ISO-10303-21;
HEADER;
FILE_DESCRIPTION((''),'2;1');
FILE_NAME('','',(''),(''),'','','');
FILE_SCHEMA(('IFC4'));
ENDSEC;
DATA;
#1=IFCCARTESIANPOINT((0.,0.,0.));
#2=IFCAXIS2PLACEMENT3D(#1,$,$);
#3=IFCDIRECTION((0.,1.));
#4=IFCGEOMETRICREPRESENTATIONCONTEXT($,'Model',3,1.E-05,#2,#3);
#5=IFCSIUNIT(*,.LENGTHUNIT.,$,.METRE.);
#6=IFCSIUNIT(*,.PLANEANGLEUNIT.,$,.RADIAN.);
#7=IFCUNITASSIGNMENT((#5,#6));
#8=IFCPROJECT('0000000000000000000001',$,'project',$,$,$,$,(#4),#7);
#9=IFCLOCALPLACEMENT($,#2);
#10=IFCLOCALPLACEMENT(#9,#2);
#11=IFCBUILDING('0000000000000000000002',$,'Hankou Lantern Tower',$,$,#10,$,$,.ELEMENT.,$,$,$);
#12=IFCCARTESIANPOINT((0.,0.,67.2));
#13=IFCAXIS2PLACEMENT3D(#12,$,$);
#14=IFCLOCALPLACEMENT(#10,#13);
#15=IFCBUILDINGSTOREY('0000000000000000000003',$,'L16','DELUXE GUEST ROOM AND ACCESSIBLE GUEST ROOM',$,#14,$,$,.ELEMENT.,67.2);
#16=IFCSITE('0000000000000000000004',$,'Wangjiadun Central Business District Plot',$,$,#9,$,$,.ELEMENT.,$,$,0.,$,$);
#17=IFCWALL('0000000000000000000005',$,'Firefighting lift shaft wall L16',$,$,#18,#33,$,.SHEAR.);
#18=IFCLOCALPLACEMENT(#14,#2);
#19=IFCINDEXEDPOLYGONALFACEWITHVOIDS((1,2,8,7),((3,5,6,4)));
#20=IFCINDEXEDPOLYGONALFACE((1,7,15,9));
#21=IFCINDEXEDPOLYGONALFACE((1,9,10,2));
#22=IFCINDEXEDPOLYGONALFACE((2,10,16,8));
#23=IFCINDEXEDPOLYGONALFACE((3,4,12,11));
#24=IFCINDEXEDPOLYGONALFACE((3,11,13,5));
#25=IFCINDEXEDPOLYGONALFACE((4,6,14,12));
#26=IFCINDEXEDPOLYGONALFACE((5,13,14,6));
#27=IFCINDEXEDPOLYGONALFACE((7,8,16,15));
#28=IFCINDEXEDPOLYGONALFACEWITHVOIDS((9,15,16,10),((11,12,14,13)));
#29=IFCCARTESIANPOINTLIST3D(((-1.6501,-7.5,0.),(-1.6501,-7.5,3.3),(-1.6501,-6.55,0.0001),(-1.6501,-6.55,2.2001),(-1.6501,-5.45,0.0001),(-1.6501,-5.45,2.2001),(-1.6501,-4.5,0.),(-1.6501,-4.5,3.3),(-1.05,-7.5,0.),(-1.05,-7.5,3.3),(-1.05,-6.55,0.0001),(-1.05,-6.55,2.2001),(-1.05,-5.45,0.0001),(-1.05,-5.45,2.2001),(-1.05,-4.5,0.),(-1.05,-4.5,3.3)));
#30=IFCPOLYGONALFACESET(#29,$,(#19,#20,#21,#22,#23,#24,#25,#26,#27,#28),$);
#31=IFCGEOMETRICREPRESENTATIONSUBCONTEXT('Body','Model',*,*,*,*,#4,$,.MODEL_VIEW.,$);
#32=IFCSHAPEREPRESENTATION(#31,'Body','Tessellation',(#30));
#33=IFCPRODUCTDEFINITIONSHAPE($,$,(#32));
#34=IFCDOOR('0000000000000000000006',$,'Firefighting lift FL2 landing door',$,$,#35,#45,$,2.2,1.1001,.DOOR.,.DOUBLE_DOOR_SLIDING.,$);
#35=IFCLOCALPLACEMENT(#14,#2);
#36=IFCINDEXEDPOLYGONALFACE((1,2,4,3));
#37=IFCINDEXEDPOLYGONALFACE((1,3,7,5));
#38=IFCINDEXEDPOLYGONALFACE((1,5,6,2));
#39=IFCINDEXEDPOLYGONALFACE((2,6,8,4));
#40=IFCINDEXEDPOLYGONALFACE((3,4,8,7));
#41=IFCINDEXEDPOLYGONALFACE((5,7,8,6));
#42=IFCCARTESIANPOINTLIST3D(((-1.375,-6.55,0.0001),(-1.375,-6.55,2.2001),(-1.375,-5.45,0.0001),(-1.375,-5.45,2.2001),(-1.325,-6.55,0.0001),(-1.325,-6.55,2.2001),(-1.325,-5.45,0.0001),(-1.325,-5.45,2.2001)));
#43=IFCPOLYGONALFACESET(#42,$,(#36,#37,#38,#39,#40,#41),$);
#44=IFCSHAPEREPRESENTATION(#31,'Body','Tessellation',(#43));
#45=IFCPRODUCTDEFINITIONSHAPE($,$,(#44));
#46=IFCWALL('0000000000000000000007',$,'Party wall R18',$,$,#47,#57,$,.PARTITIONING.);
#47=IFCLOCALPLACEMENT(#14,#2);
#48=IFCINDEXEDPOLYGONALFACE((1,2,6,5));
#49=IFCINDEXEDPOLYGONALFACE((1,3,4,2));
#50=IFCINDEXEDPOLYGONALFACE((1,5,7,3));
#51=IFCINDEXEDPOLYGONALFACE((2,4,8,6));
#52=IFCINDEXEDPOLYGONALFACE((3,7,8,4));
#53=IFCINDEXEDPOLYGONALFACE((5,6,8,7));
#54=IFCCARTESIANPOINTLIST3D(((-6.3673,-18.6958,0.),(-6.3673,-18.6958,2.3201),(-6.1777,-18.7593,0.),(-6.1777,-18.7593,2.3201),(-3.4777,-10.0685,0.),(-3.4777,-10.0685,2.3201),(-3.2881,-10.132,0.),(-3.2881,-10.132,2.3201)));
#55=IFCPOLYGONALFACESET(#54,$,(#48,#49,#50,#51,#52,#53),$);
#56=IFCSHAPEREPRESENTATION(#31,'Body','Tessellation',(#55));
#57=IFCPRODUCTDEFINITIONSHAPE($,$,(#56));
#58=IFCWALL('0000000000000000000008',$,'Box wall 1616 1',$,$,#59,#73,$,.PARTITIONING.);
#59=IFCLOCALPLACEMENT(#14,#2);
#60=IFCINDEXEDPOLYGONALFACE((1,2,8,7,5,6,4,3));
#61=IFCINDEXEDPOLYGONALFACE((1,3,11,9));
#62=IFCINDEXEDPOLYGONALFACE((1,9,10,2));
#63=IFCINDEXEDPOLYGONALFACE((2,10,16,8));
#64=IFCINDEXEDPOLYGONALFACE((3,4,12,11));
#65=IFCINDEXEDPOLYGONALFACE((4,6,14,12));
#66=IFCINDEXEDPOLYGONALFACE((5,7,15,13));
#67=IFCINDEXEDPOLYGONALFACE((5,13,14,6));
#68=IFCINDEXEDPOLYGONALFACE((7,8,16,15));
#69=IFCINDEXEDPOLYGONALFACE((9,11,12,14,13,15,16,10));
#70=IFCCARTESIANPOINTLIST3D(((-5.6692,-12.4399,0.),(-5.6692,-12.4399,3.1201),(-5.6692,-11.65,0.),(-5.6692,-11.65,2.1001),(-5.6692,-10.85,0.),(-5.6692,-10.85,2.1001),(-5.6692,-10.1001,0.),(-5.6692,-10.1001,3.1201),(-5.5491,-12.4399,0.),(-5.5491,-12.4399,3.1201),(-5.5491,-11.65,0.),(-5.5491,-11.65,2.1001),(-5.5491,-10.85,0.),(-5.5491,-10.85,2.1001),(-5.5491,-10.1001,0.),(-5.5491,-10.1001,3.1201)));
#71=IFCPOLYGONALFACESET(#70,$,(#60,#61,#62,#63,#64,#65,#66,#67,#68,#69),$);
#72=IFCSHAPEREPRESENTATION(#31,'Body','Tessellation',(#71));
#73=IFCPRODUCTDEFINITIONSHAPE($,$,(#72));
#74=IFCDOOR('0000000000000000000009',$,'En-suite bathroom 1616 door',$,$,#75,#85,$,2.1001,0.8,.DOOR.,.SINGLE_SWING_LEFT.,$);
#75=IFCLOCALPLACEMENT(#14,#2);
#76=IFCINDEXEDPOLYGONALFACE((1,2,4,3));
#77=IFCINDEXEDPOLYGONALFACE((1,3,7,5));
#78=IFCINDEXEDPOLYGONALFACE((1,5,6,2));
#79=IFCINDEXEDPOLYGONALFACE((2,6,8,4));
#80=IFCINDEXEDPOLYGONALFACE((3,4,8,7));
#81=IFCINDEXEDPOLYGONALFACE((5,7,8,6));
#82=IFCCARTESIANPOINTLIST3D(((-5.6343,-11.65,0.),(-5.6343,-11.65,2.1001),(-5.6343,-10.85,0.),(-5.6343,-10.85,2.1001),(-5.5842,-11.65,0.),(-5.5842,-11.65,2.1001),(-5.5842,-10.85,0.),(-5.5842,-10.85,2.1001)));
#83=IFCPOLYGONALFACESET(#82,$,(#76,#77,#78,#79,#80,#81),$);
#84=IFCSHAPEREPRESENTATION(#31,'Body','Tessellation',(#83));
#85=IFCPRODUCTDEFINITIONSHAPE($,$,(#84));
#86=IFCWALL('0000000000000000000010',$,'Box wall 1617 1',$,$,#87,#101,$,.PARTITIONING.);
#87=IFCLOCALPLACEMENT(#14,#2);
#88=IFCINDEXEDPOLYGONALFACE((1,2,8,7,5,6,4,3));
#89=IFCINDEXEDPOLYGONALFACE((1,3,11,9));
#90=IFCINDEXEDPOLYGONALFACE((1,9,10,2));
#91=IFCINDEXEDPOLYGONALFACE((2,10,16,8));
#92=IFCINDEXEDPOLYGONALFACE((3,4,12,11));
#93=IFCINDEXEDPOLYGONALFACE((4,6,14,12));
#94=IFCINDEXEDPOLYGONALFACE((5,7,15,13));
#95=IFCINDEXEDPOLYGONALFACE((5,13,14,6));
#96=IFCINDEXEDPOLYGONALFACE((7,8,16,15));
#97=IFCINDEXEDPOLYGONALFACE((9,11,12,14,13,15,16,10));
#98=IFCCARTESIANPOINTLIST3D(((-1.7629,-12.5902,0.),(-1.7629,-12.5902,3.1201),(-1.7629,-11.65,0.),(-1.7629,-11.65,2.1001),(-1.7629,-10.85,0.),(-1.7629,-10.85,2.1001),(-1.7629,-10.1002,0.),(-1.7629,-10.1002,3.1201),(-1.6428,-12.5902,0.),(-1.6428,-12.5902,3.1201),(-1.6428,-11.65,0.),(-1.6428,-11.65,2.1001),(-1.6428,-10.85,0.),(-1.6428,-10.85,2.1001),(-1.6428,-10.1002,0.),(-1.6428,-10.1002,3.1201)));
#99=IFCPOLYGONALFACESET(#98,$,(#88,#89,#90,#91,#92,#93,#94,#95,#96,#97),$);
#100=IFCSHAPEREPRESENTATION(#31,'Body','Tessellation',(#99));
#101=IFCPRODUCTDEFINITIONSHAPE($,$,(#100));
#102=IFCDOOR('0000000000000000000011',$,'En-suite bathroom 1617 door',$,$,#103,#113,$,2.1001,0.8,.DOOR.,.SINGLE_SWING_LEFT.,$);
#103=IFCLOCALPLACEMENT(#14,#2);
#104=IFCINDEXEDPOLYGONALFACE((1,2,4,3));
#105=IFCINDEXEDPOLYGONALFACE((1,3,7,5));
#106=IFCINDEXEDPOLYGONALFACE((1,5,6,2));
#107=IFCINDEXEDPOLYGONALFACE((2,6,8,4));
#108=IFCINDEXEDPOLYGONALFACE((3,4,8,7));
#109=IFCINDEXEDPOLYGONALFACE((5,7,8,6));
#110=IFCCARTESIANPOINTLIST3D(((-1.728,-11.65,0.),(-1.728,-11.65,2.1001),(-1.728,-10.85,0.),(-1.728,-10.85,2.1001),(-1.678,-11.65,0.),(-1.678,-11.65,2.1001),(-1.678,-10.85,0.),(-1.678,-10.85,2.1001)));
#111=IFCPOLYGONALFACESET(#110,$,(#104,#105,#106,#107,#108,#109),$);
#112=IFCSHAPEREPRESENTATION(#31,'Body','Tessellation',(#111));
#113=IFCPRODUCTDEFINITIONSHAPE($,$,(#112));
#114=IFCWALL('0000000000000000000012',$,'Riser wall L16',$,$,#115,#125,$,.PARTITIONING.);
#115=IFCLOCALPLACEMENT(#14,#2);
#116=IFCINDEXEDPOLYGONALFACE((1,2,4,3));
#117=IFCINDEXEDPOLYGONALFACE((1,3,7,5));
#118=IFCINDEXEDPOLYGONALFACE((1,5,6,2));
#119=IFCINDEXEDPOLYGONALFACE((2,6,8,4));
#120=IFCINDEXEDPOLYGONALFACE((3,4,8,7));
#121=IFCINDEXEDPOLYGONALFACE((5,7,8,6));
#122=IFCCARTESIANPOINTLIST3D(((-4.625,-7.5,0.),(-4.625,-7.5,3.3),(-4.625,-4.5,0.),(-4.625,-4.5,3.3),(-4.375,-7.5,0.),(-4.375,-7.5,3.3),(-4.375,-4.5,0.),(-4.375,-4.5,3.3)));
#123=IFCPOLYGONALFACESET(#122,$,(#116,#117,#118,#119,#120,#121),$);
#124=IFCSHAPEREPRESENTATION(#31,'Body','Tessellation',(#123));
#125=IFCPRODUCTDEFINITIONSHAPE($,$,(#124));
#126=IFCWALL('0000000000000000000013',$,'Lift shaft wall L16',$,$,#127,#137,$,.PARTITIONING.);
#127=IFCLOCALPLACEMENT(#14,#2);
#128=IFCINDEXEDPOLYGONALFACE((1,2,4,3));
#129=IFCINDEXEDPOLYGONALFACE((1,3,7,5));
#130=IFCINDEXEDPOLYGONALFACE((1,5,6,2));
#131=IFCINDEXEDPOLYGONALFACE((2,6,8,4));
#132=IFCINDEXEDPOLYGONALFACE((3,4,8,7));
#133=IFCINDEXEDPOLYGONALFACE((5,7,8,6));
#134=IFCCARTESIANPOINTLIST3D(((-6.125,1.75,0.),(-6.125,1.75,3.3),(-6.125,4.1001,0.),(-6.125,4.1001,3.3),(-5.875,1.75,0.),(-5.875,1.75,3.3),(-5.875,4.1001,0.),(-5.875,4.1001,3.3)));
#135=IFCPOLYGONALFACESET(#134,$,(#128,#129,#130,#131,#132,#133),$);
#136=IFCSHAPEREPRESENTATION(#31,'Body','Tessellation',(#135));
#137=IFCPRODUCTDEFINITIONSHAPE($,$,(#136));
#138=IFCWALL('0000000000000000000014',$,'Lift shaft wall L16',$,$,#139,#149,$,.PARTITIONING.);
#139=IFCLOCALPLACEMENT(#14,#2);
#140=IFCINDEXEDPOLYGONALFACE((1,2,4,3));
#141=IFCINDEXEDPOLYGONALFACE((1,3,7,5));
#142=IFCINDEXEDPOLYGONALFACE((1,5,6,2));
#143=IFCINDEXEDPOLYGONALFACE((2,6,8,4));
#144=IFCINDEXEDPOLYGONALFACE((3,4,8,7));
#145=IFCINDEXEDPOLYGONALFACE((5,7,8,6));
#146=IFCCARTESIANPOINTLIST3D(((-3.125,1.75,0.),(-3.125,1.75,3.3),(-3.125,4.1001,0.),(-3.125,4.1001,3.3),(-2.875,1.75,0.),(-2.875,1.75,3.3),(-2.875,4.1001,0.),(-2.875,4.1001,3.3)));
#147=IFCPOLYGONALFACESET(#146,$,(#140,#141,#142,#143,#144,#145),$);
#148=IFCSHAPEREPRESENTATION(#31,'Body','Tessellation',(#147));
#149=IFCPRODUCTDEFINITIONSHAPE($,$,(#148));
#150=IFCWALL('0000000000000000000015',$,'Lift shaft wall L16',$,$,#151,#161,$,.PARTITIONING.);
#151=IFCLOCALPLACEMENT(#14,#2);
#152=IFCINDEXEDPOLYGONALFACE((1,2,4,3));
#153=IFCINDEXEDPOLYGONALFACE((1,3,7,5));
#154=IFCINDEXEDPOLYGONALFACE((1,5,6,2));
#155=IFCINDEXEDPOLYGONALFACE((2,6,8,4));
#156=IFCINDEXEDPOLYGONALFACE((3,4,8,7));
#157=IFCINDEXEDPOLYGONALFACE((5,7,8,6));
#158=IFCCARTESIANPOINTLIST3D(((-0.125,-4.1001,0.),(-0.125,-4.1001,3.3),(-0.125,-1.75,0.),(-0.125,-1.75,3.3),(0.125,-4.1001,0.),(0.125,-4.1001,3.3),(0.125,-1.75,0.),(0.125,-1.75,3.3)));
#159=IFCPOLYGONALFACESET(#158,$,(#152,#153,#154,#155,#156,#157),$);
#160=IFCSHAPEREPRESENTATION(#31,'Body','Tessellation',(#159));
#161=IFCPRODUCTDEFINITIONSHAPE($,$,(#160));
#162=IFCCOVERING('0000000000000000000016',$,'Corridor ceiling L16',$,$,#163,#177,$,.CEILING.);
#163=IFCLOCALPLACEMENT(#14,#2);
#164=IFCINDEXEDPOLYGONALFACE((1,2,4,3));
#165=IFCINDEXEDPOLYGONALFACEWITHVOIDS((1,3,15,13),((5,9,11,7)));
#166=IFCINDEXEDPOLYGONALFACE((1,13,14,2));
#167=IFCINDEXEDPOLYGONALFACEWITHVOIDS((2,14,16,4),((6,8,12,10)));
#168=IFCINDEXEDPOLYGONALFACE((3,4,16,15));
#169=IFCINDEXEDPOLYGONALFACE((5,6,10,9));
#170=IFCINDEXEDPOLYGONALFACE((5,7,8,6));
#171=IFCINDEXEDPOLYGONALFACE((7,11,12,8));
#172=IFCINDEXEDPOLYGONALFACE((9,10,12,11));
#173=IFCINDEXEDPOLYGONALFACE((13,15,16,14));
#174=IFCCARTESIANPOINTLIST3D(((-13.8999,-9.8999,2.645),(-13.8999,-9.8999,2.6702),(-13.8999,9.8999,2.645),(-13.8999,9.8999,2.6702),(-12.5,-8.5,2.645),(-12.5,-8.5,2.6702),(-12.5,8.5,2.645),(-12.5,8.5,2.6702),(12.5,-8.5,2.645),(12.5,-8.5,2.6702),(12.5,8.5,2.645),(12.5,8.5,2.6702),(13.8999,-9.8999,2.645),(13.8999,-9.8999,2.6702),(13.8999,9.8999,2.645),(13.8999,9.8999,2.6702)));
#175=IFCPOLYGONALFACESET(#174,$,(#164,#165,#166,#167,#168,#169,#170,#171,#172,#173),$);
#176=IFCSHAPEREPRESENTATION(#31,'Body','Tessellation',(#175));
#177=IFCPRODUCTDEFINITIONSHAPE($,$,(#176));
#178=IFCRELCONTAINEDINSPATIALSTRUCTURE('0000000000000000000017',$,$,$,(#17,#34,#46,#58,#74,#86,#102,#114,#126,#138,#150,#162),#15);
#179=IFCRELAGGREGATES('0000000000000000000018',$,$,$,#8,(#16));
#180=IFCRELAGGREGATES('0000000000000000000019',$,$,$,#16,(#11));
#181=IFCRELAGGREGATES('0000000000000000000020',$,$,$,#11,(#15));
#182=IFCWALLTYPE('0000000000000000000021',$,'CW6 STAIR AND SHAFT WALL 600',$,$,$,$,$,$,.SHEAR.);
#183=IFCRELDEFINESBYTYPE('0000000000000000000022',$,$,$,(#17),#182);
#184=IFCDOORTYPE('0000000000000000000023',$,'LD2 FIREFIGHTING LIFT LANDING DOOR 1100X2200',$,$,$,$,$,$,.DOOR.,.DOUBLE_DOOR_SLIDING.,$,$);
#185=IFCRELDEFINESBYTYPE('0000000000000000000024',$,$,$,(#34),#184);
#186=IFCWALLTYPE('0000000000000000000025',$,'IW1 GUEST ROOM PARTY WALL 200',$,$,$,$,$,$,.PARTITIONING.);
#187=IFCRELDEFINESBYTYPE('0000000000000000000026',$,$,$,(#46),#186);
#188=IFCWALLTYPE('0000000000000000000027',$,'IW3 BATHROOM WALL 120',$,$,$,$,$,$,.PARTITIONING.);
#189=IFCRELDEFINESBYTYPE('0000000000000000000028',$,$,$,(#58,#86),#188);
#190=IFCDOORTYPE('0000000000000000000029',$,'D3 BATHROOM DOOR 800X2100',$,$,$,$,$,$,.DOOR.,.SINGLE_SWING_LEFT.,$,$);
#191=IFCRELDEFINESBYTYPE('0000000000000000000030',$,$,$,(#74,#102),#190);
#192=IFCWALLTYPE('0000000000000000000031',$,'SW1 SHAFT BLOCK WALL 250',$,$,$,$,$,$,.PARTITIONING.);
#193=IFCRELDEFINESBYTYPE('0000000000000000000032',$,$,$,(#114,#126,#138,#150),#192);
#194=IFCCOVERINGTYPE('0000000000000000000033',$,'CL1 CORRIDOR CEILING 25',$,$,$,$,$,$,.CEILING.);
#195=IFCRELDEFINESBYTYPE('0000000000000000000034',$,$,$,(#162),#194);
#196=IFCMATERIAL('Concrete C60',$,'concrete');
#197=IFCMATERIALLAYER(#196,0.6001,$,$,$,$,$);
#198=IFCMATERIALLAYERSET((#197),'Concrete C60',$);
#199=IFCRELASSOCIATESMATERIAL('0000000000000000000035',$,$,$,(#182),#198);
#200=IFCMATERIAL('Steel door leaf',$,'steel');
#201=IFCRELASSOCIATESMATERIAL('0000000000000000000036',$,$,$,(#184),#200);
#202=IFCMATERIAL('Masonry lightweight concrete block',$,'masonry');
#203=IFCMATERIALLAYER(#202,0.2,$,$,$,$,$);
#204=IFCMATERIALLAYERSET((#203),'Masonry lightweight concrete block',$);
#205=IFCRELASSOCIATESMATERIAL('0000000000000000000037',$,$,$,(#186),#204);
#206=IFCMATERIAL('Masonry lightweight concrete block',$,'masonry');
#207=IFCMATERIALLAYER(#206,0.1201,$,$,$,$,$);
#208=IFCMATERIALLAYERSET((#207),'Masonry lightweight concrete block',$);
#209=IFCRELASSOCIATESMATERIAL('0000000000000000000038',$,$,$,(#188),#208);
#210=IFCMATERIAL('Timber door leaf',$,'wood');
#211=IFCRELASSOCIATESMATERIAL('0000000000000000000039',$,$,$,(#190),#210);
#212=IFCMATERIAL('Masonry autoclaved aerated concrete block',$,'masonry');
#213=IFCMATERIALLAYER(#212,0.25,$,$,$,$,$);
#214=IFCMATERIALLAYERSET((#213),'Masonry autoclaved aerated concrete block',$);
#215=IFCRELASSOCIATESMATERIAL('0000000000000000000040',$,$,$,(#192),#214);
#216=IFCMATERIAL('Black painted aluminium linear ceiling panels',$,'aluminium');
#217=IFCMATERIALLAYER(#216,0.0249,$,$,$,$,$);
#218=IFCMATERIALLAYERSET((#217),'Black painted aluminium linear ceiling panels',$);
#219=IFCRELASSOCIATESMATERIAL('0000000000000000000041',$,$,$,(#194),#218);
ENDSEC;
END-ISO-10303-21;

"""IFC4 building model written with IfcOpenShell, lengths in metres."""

from ifc_helpers import new_model, si_unit, direction, frame, frame_2d, origin, place, context, subcontext, project, spatial, polyline, rectangle, outline, extrude, material, layer, layer_set, type_object, element, fill, save


model = new_model("IFC4")

# Units and contexts
model_context = context("Model", 3, precision=1e-05, world=origin(), true_north=direction((0.0, 1.0)))
body_context = subcontext(model_context, "Body", "Model", "MODEL_VIEW")
ifc_project = project(units=[si_unit("LENGTHUNIT", "METRE"), si_unit("PLANEANGLEUNIT", "RADIAN")], contexts=[model_context])

# Site, building, storey
site_placement = place(None, origin())
site = spatial("IfcSite", under=ifc_project, at=site_placement, Name="Wangjiadun Central Business District Plot", CompositionType="ELEMENT", RefElevation=0.0)
building_placement = place(site_placement, origin())
building = spatial("IfcBuilding", under=site, at=building_placement, Name="Hankou Lantern Tower", CompositionType="ELEMENT")
storey_placement = place(building_placement, frame((0.0, 0.0, 67.2)))
storey = spatial("IfcBuildingStorey", under=building, at=storey_placement, Name="L16", Description="DELUXE GUEST ROOM AND ACCESSIBLE GUEST ROOM", CompositionType="ELEMENT", Elevation=67.2)

# Wall, opening, door
ifc_material_1 = material(Name="Concrete C60", Category="concrete")
ifc_layer_1 = layer(ifc_material_1, 0.6001)
ifc_layer_set_1 = layer_set([ifc_layer_1], Name="Concrete C60")
wall_type_1 = type_object("IfcWallType", Name="CW6 STAIR AND SHAFT WALL 600", PredefinedType="SHEAR", material=ifc_layer_set_1)
wall_1_placement = place(storey_placement, frame((-1.3501, -7.5, 0.0), z_axis=(0.0, 0.0, 1.0), x_axis=(0.0, 1.0, 0.0)))
wall_1 = element("IfcWall", 1, at=wall_1_placement, inside=storey, type_object=wall_type_1, Name="Firefighting lift shaft wall L16", PredefinedType="SHEAR", context=body_context, shape_type="SweptSolid", body=[
    extrude(rectangle(XDim=3.0, YDim=0.6001, at=frame_2d((1.5, 0.0))), origin(), (0.0, 0.0, 1.0), 3.3),
])
opening_1_placement = place(wall_1_placement, frame((0.95, 0.0, 0.0)))
opening_1 = element("IfcOpeningElement", 2, at=opening_1_placement, cuts=wall_1, PredefinedType="OPENING", context=body_context, shape_type="SweptSolid", body=[
    extrude(rectangle(XDim=1.1001, YDim=2.2, at=frame_2d((0.55, 1.1001))), frame((0.0, 0.3101, 0.0), z_axis=(0.0, -1.0, 0.0), x_axis=(1.0, 0.0, 0.0)), (0.0, 0.0, 1.0), 0.6201),
])
ifc_material_2 = material(Name="Steel door leaf", Category="steel")
door_type_1 = type_object("IfcDoorType", Name="LD2 FIREFIGHTING LIFT LANDING DOOR 1100X2200", OperationType="DOUBLE_DOOR_SLIDING", PredefinedType="DOOR", material=ifc_material_2)
door_1_placement = place(opening_1_placement, origin())
door_1 = element("IfcDoor", 3, at=door_1_placement, inside=storey, type_object=door_type_1, Name="Firefighting lift FL2 landing door", OperationType="DOUBLE_DOOR_SLIDING", OverallHeight=2.2, OverallWidth=1.1001, PredefinedType="DOOR", context=body_context, shape_type="SweptSolid", body=[
    extrude(rectangle(XDim=1.1001, YDim=2.2, at=frame_2d((0.55, 1.1001))), frame((0.0, 0.0249, 0.0), z_axis=(0.0, -1.0, 0.0), x_axis=(1.0, 0.0, 0.0)), (0.0, 0.0, 1.0), 0.05),
])
fill(opening_1, door_1)

# Wall
ifc_material_3 = material(Name="Masonry lightweight concrete block", Category="masonry")
ifc_layer_2 = layer(ifc_material_3, 0.2)
ifc_layer_set_2 = layer_set([ifc_layer_2], Name="Masonry lightweight concrete block")
wall_type_2 = type_object("IfcWallType", Name="IW1 GUEST ROOM PARTY WALL 200", PredefinedType="PARTITIONING", material=ifc_layer_set_2)
wall_2_placement = place(storey_placement, frame((-3.3828, -10.1001, 0.0), z_axis=(0.0, 0.0, 1.0), x_axis=(-0.317596, -0.948226, 0.0)))
element("IfcWall", 4, at=wall_2_placement, inside=storey, type_object=wall_type_2, Name="Party wall R18", PredefinedType="PARTITIONING", context=body_context, shape_type="SweptSolid", body=[
    extrude(rectangle(XDim=9.0984, YDim=0.2, at=frame_2d((4.5493, 0.0))), origin(), (0.0, 0.0, 1.0), 2.3201),
])

# Walls, openings, doors
ifc_material_4 = material(Name="Masonry lightweight concrete block", Category="masonry")
ifc_layer_3 = layer(ifc_material_4, 0.1201)
ifc_layer_set_3 = layer_set([ifc_layer_3], Name="Masonry lightweight concrete block")
wall_type_3 = type_object("IfcWallType", Name="IW3 BATHROOM WALL 120", PredefinedType="PARTITIONING", material=ifc_layer_set_3)
wall_3_placement = place(storey_placement, frame((-5.6091, -10.1001, 0.0), z_axis=(0.0, 0.0, 1.0), x_axis=(0.0, -1.0, 0.0)))
wall_3 = element("IfcWall", 5, at=wall_3_placement, inside=storey, type_object=wall_type_3, Name="Box wall 1616 1", PredefinedType="PARTITIONING", context=body_context, shape_type="SweptSolid", body=[
    extrude(rectangle(XDim=2.3398, YDim=0.1201, at=frame_2d((1.1699, 0.0))), origin(), (0.0, 0.0, 1.0), 3.1201),
])
opening_2_placement = place(wall_3_placement, frame((0.75, 0.0, 0.0)))
opening_2 = element("IfcOpeningElement", 6, at=opening_2_placement, cuts=wall_3, PredefinedType="OPENING", context=body_context, shape_type="SweptSolid", body=[
    extrude(rectangle(XDim=0.8, YDim=2.1001, at=frame_2d((0.3999, 1.05))), frame((0.0, 0.0701, 0.0), z_axis=(0.0, -1.0, 0.0), x_axis=(1.0, 0.0, 0.0)), (0.0, 0.0, 1.0), 0.1401),
])
ifc_material_5 = material(Name="Timber door leaf", Category="wood")
door_type_2 = type_object("IfcDoorType", Name="D3 BATHROOM DOOR 800X2100", OperationType="SINGLE_SWING_LEFT", PredefinedType="DOOR", material=ifc_material_5)
door_2_placement = place(opening_2_placement, origin())
door_2 = element("IfcDoor", 7, at=door_2_placement, inside=storey, type_object=door_type_2, Name="En-suite bathroom 1616 door", OperationType="SINGLE_SWING_LEFT", OverallHeight=2.1001, OverallWidth=0.8, PredefinedType="DOOR", context=body_context, shape_type="SweptSolid", body=[
    extrude(rectangle(XDim=0.8, YDim=2.1001, at=frame_2d((0.3999, 1.05))), frame((0.0, 0.0249, 0.0), z_axis=(0.0, -1.0, 0.0), x_axis=(1.0, 0.0, 0.0)), (0.0, 0.0, 1.0), 0.05),
])
fill(opening_2, door_2)
wall_4_placement = place(storey_placement, frame((-1.7029, -10.1001, 0.0), z_axis=(0.0, 0.0, 1.0), x_axis=(0.0, -1.0, 0.0)))
wall_4 = element("IfcWall", 8, at=wall_4_placement, inside=storey, type_object=wall_type_3, Name="Box wall 1617 1", PredefinedType="PARTITIONING", context=body_context, shape_type="SweptSolid", body=[
    extrude(rectangle(XDim=2.49, YDim=0.1201, at=frame_2d((1.2451, 0.0))), origin(), (0.0, 0.0, 1.0), 3.1201),
])
opening_3_placement = place(wall_4_placement, frame((0.75, 0.0, 0.0)))
opening_3 = element("IfcOpeningElement", 9, at=opening_3_placement, cuts=wall_4, PredefinedType="OPENING", context=body_context, shape_type="SweptSolid", body=[
    extrude(rectangle(XDim=0.8, YDim=2.1001, at=frame_2d((0.3999, 1.05))), frame((0.0, 0.0701, 0.0), z_axis=(0.0, -1.0, 0.0), x_axis=(1.0, 0.0, 0.0)), (0.0, 0.0, 1.0), 0.1401),
])
door_3_placement = place(opening_3_placement, origin())
door_3 = element("IfcDoor", 10, at=door_3_placement, inside=storey, type_object=door_type_2, Name="En-suite bathroom 1617 door", OperationType="SINGLE_SWING_LEFT", OverallHeight=2.1001, OverallWidth=0.8, PredefinedType="DOOR", context=body_context, shape_type="SweptSolid", body=[
    extrude(rectangle(XDim=0.8, YDim=2.1001, at=frame_2d((0.3999, 1.05))), frame((0.0, 0.0249, 0.0), z_axis=(0.0, -1.0, 0.0), x_axis=(1.0, 0.0, 0.0)), (0.0, 0.0, 1.0), 0.05),
])
fill(opening_3, door_3)

# Walls
ifc_material_6 = material(Name="Masonry autoclaved aerated concrete block", Category="masonry")
ifc_layer_4 = layer(ifc_material_6, 0.25)
ifc_layer_set_4 = layer_set([ifc_layer_4], Name="Masonry autoclaved aerated concrete block")
wall_type_4 = type_object("IfcWallType", Name="SW1 SHAFT BLOCK WALL 250", PredefinedType="PARTITIONING", material=ifc_layer_set_4)
wall_5_placement = place(storey_placement, frame((-4.5, -7.5, 0.0), z_axis=(0.0, 0.0, 1.0), x_axis=(0.0, 1.0, 0.0)))
element("IfcWall", 11, at=wall_5_placement, inside=storey, type_object=wall_type_4, Name="Riser wall L16", PredefinedType="PARTITIONING", context=body_context, shape_type="SweptSolid", body=[
    extrude(rectangle(XDim=3.0, YDim=0.25, at=frame_2d((1.5, 0.0))), origin(), (0.0, 0.0, 1.0), 3.3),
])
for number, where, z_axis, x_axis, name in (
    (12, (-6.0, 1.75, 0.0), (0.0, 0.0, 1.0), (0.0, 1.0, 0.0), "Lift shaft wall L16"),
    (13, (-3.0, 1.75, 0.0), (0.0, 0.0, 1.0), (0.0, 1.0, 0.0), "Lift shaft wall L16"),
    (14, (0.0, -4.1001, 0.0), (0.0, 0.0, 1.0), (0.0, 1.0, 0.0), "Lift shaft wall L16"),
):
    element("IfcWall", number, at=place(storey_placement, frame(where, z_axis=z_axis, x_axis=x_axis)), inside=storey, type_object=wall_type_4, Name=name, PredefinedType="PARTITIONING", context=body_context, shape_type="SweptSolid", body=[
        extrude(rectangle(XDim=2.3501, YDim=0.25, at=frame_2d((1.175, 0.0))), origin(), (0.0, 0.0, 1.0), 3.3),
    ])

# Covering
ifc_material_7 = material(Name="Black painted aluminium linear ceiling panels", Category="aluminium")
ifc_layer_5 = layer(ifc_material_7, 0.0249)
ifc_layer_set_5 = layer_set([ifc_layer_5], Name="Black painted aluminium linear ceiling panels")
covering_type = type_object("IfcCoveringType", Name="CL1 CORRIDOR CEILING 25", PredefinedType="CEILING", material=ifc_layer_set_5)
covering_placement = place(storey_placement, frame((0.0, 0.0, 2.645)))
element("IfcCovering", 15, at=covering_placement, inside=storey, type_object=covering_type, Name="Corridor ceiling L16", PredefinedType="CEILING", context=body_context, shape_type="SweptSolid", body=[
    extrude(outline(polyline([(-13.8999, -9.8999), (13.8999, -9.8999), (13.8999, 9.8999), (-13.8999, 9.8999), (-13.8999, -9.8999)]), holes=[polyline([(-12.5, 8.5), (12.5, 8.5), (12.5, -8.5), (-12.5, -8.5), (-12.5, 8.5)])]), origin(), (0.0, 0.0, 1.0), 0.0251),
])

save(model, "model.ifc")
